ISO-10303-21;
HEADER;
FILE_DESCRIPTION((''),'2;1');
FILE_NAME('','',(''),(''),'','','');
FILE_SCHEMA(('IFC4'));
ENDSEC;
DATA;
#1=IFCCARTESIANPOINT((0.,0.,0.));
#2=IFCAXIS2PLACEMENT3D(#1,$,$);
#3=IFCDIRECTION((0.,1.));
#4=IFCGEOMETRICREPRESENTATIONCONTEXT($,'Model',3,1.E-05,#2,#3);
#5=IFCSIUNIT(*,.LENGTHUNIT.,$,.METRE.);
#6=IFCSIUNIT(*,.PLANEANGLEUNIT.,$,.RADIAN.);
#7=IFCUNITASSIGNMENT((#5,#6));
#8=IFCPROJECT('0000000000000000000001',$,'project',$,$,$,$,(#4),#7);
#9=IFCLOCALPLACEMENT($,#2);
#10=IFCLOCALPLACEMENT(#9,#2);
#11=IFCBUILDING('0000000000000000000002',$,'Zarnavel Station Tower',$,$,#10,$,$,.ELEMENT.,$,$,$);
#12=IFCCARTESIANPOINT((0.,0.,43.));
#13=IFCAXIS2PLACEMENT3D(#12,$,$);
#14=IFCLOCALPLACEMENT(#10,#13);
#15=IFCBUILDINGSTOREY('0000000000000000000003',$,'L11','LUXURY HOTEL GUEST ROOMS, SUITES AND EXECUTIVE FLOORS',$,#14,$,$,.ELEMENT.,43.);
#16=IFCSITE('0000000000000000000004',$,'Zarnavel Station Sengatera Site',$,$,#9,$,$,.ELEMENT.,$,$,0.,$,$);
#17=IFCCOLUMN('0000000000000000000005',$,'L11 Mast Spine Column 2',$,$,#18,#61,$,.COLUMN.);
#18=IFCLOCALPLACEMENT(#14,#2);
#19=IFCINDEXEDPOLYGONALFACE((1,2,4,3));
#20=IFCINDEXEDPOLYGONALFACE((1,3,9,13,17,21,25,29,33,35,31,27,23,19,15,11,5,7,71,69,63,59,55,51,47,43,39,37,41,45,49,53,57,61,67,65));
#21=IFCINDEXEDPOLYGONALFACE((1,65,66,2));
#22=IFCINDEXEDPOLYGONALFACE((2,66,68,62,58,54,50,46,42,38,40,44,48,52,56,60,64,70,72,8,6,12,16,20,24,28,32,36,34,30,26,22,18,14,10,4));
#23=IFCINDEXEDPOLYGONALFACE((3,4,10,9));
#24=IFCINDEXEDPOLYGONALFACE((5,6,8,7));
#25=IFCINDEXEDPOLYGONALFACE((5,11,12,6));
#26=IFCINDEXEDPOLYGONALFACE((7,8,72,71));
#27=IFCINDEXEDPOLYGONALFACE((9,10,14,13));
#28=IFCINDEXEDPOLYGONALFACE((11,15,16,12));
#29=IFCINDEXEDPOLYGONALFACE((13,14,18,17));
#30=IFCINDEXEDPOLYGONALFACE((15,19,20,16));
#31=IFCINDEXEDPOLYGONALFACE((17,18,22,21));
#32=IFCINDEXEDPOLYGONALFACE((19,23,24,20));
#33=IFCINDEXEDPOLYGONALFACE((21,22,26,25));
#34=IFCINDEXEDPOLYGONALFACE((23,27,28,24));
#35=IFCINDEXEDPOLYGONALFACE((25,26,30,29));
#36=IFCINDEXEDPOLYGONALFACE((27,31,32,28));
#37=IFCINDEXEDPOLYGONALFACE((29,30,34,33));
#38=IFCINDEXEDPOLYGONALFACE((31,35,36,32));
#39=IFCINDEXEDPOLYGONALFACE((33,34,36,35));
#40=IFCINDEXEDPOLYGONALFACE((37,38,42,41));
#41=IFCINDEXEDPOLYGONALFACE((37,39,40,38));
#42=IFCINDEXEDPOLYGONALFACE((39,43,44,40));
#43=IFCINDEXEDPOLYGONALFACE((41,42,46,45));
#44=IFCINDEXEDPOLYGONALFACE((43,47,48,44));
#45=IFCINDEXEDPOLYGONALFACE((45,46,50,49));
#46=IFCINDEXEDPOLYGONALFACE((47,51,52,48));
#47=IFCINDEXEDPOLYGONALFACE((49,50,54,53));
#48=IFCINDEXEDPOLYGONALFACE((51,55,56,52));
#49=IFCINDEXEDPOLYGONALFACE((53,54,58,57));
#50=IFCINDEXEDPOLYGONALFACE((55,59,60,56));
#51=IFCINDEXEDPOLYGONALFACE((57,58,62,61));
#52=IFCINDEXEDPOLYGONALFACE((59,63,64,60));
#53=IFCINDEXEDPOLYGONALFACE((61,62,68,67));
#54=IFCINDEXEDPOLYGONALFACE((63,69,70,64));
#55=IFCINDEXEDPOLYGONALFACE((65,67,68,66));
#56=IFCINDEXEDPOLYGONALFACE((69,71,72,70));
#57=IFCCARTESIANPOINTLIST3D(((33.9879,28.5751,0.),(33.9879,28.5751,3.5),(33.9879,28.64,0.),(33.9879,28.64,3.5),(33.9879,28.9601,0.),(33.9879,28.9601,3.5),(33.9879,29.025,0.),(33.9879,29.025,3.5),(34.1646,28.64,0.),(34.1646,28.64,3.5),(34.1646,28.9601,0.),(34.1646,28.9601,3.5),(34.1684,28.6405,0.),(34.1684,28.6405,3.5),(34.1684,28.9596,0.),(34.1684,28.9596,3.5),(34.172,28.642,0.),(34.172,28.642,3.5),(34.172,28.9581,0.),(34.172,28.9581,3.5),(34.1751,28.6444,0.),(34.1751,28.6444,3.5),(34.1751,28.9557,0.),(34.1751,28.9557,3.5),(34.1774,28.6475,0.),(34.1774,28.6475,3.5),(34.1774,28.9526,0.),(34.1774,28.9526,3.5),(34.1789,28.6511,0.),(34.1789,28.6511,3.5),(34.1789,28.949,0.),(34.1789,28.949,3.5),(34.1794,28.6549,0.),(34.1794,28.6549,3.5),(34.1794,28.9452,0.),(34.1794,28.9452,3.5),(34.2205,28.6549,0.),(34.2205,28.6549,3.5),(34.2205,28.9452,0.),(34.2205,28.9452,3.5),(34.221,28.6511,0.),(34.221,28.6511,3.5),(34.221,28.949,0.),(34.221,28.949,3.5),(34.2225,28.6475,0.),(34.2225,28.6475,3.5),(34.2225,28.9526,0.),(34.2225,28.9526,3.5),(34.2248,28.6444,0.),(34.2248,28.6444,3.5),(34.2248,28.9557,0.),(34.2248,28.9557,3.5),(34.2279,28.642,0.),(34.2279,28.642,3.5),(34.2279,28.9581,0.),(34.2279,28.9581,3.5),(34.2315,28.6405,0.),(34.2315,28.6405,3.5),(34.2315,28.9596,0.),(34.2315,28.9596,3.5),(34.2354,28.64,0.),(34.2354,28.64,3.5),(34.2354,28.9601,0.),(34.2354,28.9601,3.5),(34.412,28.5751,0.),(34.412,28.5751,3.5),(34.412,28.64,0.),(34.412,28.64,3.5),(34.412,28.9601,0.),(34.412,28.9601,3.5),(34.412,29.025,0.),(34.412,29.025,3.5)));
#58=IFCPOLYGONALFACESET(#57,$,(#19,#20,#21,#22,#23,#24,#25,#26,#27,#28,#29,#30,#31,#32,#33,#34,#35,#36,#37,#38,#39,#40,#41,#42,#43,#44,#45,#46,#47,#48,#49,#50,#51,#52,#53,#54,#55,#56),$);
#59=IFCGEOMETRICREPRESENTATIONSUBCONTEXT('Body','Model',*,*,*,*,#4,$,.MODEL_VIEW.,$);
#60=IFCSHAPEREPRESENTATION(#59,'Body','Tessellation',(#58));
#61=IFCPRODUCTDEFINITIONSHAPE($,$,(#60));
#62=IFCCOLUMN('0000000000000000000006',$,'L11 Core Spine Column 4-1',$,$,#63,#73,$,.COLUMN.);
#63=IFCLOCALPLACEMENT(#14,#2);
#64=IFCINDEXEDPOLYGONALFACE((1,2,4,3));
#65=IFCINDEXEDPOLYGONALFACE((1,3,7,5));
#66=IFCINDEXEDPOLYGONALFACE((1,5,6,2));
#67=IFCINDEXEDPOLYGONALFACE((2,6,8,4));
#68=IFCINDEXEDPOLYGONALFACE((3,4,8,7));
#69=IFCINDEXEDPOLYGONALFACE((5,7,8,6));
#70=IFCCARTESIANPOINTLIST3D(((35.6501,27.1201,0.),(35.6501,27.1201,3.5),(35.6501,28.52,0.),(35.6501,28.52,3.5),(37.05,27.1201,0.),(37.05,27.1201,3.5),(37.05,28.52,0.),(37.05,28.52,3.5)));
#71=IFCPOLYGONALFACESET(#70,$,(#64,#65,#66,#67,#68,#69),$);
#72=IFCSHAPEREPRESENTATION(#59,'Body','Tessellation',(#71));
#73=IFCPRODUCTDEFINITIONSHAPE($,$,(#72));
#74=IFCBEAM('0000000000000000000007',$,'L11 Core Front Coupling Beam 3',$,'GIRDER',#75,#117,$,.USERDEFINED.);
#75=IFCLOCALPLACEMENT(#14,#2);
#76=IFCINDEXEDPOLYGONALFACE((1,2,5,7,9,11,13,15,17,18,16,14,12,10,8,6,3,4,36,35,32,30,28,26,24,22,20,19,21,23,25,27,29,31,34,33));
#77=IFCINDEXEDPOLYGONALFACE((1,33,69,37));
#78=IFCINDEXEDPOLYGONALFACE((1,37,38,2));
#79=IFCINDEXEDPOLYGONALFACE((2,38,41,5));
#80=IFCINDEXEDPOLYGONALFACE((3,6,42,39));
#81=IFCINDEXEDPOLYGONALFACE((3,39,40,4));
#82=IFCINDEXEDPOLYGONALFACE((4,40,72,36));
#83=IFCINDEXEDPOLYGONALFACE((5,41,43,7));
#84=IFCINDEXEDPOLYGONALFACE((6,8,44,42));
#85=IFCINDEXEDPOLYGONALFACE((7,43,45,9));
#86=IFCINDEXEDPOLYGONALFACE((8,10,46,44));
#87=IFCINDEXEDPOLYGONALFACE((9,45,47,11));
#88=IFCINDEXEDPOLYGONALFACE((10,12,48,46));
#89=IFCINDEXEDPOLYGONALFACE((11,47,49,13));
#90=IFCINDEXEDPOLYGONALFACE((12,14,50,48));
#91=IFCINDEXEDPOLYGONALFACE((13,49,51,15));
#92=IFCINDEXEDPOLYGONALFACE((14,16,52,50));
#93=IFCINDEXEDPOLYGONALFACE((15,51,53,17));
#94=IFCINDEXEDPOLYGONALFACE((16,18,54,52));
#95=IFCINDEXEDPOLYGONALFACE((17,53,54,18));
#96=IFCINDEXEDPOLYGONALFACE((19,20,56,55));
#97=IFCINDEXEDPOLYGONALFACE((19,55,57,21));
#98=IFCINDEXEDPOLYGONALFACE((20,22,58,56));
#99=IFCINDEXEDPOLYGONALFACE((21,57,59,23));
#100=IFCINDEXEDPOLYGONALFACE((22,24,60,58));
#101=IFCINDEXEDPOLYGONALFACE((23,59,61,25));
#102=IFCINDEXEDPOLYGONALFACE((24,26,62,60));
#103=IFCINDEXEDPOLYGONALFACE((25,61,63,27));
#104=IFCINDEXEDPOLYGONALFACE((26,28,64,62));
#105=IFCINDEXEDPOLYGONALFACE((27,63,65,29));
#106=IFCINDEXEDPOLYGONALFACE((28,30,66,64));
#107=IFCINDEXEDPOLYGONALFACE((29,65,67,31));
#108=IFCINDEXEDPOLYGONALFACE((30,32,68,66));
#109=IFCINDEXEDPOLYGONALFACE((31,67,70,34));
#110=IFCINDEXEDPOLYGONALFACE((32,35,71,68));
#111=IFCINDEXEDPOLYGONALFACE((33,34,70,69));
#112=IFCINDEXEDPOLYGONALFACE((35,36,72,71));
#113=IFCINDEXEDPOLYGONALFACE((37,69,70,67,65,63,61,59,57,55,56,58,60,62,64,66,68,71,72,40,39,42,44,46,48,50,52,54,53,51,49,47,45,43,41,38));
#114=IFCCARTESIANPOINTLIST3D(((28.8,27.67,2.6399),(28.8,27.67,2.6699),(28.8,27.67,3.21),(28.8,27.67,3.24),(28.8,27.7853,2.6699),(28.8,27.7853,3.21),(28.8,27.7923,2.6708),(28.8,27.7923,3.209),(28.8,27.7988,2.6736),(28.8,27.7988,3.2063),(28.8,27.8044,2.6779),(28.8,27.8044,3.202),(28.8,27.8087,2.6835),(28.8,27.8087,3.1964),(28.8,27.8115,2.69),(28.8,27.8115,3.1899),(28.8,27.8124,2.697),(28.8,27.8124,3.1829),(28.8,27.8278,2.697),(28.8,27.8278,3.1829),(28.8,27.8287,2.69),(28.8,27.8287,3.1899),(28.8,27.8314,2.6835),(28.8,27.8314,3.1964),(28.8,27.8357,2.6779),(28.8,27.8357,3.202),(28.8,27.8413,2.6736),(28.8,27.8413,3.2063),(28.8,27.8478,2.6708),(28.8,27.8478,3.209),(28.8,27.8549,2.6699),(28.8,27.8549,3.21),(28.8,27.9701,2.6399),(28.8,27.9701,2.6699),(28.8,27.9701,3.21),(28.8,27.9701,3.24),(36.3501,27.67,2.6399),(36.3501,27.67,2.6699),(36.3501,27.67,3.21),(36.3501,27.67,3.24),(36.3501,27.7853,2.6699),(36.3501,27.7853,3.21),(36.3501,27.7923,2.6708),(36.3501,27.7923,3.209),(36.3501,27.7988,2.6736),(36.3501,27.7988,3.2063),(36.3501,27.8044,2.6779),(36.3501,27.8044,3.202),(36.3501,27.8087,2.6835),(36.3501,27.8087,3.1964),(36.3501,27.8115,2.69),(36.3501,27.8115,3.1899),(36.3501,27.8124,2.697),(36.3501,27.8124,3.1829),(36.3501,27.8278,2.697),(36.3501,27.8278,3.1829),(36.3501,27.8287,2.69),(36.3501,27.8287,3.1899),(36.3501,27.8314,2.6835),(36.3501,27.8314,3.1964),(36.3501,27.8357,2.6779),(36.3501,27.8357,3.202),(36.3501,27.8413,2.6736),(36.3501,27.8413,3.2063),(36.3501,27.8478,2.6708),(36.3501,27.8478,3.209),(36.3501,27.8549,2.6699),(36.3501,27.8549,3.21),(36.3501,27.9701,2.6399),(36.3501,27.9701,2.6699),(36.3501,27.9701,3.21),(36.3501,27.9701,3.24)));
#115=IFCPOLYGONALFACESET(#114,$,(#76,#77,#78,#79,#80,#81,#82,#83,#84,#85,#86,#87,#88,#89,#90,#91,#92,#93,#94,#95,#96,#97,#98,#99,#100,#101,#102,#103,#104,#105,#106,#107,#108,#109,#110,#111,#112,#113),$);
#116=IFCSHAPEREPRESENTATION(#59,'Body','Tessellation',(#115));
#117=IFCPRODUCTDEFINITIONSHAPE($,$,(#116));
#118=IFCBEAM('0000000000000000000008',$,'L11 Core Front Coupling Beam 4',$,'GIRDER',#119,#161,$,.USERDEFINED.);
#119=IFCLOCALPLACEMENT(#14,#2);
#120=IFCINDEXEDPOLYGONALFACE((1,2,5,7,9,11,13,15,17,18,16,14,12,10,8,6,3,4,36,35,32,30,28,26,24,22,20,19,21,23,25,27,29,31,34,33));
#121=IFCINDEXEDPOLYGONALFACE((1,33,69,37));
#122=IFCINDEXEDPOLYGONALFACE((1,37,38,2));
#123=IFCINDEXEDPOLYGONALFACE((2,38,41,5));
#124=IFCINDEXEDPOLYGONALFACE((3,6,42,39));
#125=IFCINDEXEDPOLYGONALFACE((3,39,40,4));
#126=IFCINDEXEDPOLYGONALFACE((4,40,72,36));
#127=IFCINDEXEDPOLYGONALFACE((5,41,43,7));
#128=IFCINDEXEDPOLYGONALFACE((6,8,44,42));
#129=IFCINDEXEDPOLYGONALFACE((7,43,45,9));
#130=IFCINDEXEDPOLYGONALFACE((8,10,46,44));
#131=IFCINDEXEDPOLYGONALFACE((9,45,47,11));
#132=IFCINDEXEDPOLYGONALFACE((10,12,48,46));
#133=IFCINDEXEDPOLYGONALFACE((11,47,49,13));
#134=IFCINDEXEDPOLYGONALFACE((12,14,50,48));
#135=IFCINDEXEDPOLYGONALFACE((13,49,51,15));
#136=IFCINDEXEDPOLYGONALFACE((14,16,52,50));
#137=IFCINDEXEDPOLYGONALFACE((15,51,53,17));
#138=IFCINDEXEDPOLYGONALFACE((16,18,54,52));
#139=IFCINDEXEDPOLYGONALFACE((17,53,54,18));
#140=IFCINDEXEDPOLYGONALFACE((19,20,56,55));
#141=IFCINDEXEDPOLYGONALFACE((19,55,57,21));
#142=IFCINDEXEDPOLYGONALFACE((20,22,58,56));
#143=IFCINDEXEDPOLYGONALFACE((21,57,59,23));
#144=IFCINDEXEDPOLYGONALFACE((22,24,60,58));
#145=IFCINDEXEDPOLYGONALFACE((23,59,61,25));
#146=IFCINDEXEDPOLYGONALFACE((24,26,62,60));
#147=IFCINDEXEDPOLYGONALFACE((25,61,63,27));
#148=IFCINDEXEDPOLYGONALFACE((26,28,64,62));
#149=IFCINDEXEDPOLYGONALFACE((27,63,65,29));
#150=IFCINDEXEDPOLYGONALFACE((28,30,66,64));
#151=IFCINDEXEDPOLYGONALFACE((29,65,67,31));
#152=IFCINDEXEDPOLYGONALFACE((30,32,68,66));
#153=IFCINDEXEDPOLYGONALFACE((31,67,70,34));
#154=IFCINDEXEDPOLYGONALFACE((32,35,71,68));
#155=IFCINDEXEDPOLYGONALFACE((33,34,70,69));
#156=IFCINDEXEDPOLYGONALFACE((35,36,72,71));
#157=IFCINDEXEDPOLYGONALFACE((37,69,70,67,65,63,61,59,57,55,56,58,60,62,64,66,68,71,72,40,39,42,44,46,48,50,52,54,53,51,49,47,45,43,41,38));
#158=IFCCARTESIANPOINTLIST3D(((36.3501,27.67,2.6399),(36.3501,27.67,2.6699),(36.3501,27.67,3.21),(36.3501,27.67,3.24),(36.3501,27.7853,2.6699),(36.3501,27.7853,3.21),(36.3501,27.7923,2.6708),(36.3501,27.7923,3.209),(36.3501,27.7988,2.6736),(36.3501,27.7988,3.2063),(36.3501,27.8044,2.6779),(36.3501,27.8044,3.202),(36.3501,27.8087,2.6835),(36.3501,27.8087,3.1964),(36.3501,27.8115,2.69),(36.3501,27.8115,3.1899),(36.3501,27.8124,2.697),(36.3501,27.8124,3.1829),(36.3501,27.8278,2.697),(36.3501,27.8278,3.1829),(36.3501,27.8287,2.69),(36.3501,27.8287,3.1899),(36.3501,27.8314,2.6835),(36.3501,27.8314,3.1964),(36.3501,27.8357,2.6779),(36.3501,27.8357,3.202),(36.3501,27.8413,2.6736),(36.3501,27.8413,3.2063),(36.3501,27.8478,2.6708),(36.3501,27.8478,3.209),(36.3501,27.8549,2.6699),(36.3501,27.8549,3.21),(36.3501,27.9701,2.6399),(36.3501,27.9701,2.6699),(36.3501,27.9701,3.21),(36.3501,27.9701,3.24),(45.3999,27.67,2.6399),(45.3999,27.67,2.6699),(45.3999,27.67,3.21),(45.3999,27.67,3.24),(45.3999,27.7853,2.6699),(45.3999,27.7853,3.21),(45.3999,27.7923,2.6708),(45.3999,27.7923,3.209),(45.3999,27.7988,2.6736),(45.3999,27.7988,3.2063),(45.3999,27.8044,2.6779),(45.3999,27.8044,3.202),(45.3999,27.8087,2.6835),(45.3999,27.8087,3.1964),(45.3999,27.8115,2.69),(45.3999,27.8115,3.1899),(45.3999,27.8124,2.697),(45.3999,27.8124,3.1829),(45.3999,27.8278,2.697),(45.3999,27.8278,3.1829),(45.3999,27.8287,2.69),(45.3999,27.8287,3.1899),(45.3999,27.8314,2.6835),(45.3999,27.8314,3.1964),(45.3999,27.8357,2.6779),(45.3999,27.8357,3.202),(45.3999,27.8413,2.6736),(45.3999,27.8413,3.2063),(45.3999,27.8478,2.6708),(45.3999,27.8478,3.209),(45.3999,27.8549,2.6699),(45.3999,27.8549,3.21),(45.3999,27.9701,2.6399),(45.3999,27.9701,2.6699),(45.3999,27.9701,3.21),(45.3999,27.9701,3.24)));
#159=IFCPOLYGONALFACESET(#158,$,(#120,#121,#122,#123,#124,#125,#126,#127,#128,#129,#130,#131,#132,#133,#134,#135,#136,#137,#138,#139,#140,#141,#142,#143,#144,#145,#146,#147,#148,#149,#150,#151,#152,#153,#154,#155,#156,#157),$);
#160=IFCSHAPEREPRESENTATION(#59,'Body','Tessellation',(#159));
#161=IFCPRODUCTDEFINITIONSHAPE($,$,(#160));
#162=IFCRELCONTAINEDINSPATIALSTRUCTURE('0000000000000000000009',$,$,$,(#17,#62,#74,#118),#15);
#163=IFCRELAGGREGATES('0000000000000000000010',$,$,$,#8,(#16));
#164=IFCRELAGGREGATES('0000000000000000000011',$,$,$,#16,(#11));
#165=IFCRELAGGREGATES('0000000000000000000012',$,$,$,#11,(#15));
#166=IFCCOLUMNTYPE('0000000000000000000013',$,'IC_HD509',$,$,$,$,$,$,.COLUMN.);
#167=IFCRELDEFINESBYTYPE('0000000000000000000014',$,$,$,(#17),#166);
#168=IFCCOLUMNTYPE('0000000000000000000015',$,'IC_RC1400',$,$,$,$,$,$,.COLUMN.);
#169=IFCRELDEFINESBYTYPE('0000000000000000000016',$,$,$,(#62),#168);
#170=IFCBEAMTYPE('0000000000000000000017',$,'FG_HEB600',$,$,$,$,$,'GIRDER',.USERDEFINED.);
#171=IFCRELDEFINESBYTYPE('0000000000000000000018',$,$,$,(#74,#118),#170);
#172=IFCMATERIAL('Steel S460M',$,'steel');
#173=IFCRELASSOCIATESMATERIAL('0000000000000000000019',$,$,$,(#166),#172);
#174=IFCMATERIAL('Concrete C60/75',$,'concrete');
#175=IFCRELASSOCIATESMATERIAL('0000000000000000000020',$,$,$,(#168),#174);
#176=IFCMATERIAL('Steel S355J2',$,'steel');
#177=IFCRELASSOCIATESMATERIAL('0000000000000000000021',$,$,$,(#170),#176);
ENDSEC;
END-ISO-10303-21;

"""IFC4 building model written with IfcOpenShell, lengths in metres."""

from ifc_helpers import new_model, si_unit, direction, frame, origin, origin_2d, place, context, subcontext, project, spatial, rectangle, i_section, extrude, material, material_profile, profile_set, type_object, element, save


model = new_model("IFC4")

# Units and contexts
model_context = context("Model", 3, precision=1e-05, world=origin(), true_north=direction((0.0, 1.0)))
body_context = subcontext(model_context, "Body", "Model", "MODEL_VIEW")
ifc_project = project(units=[si_unit("LENGTHUNIT", "METRE"), si_unit("PLANEANGLEUNIT", "RADIAN")], contexts=[model_context])

# Site, building, storey
site_placement = place(None, origin())
site = spatial("IfcSite", under=ifc_project, at=site_placement, Name="Zarnavel Station Sengatera Site", CompositionType="ELEMENT", RefElevation=0.0)
building_placement = place(site_placement, origin())
building = spatial("IfcBuilding", under=site, at=building_placement, Name="Zarnavel Station Tower", CompositionType="ELEMENT")
storey_placement = place(building_placement, frame((0.0, 0.0, 43.0)))
storey = spatial("IfcBuildingStorey", under=building, at=storey_placement, Name="L11", Description="LUXURY HOTEL GUEST ROOMS, SUITES AND EXECUTIVE FLOORS", CompositionType="ELEMENT", Elevation=43.0)

# Columns
ifc_material_1 = material(Name="Steel S460M", Category="steel")
ifc_material_profile_1 = material_profile(ifc_material_1, i_section(OverallWidth=0.4241, OverallDepth=0.45, WebThickness=0.041, FlangeThickness=0.0649, FilletRadius=0.0149, at=origin_2d()), Name="HD400x509")
ifc_profile_set_1 = profile_set([ifc_material_profile_1], Name="Steel S460M")
column_type_1 = type_object("IfcColumnType", Name="IC_HD509", PredefinedType="COLUMN", material=ifc_profile_set_1)
column_1_placement = place(storey_placement, frame((34.2, 28.8, 0.0), z_axis=(0.0, 0.0, 1.0), x_axis=(1.0, 0.0, 0.0)))
element("IfcColumn", 1, at=column_1_placement, inside=storey, type_object=column_type_1, Name="L11 Mast Spine Column 2", PredefinedType="COLUMN", context=body_context, shape_type="SweptSolid", body=[
    extrude(i_section(OverallWidth=0.4241, OverallDepth=0.45, WebThickness=0.041, FlangeThickness=0.0649, FilletRadius=0.0149, at=origin_2d()), origin(), (0.0, 0.0, 1.0), 3.5),
])
ifc_material_2 = material(Name="Concrete C60/75", Category="concrete")
ifc_material_profile_2 = material_profile(ifc_material_2, rectangle(XDim=1.3999, YDim=1.3999, at=origin_2d()), Name="RC1400x1400")
ifc_profile_set_2 = profile_set([ifc_material_profile_2], Name="Concrete C60/75")
column_type_2 = type_object("IfcColumnType", Name="IC_RC1400", PredefinedType="COLUMN", material=ifc_profile_set_2)
column_2_placement = place(storey_placement, frame((36.3501, 27.8201, 0.0), z_axis=(0.0, 0.0, 1.0), x_axis=(1.0, 0.0, 0.0)))
element("IfcColumn", 2, at=column_2_placement, inside=storey, type_object=column_type_2, Name="L11 Core Spine Column 4-1", PredefinedType="COLUMN", context=body_context, shape_type="SweptSolid", body=[
    extrude(rectangle(XDim=1.3999, YDim=1.3999, at=origin_2d()), origin(), (0.0, 0.0, 1.0), 3.5),
])

# Beams
ifc_material_3 = material(Name="Steel S355J2", Category="steel")
ifc_material_profile_3 = material_profile(ifc_material_3, i_section(OverallWidth=0.3, OverallDepth=0.6001, WebThickness=0.0154, FlangeThickness=0.03, FilletRadius=0.0271, at=origin_2d()), Name="HEB600")
ifc_profile_set_3 = profile_set([ifc_material_profile_3], Name="Steel S355J2")
beam_type_1 = type_object("IfcBeamType", Name="FG_HEB600", ElementType="GIRDER", PredefinedType="USERDEFINED", material=ifc_profile_set_3)
beam_1_placement = place(storey_placement, frame((28.8, 27.8201, 2.9399), z_axis=(1.0, 0.0, 0.0), x_axis=(0.0, 1.0, 0.0)))
element("IfcBeam", 3, at=beam_1_placement, inside=storey, type_object=beam_type_1, Name="L11 Core Front Coupling Beam 3", ObjectType="GIRDER", PredefinedType="USERDEFINED", context=body_context, shape_type="SweptSolid", body=[
    extrude(i_section(OverallWidth=0.3, OverallDepth=0.6001, WebThickness=0.0154, FlangeThickness=0.03, FilletRadius=0.0271, at=origin_2d()), origin(), (0.0, 0.0, 1.0), 7.55),
])
beam_2_placement = place(storey_placement, frame((36.3501, 27.8201, 2.9399), z_axis=(1.0, 0.0, 0.0), x_axis=(0.0, 1.0, 0.0)))
element("IfcBeam", 4, at=beam_2_placement, inside=storey, type_object=beam_type_1, Name="L11 Core Front Coupling Beam 4", ObjectType="GIRDER", PredefinedType="USERDEFINED", context=body_context, shape_type="SweptSolid", body=[
    extrude(i_section(OverallWidth=0.3, OverallDepth=0.6001, WebThickness=0.0154, FlangeThickness=0.03, FilletRadius=0.0271, at=origin_2d()), origin(), (0.0, 0.0, 1.0), 9.0498),
])

save(model, "model.ifc")
